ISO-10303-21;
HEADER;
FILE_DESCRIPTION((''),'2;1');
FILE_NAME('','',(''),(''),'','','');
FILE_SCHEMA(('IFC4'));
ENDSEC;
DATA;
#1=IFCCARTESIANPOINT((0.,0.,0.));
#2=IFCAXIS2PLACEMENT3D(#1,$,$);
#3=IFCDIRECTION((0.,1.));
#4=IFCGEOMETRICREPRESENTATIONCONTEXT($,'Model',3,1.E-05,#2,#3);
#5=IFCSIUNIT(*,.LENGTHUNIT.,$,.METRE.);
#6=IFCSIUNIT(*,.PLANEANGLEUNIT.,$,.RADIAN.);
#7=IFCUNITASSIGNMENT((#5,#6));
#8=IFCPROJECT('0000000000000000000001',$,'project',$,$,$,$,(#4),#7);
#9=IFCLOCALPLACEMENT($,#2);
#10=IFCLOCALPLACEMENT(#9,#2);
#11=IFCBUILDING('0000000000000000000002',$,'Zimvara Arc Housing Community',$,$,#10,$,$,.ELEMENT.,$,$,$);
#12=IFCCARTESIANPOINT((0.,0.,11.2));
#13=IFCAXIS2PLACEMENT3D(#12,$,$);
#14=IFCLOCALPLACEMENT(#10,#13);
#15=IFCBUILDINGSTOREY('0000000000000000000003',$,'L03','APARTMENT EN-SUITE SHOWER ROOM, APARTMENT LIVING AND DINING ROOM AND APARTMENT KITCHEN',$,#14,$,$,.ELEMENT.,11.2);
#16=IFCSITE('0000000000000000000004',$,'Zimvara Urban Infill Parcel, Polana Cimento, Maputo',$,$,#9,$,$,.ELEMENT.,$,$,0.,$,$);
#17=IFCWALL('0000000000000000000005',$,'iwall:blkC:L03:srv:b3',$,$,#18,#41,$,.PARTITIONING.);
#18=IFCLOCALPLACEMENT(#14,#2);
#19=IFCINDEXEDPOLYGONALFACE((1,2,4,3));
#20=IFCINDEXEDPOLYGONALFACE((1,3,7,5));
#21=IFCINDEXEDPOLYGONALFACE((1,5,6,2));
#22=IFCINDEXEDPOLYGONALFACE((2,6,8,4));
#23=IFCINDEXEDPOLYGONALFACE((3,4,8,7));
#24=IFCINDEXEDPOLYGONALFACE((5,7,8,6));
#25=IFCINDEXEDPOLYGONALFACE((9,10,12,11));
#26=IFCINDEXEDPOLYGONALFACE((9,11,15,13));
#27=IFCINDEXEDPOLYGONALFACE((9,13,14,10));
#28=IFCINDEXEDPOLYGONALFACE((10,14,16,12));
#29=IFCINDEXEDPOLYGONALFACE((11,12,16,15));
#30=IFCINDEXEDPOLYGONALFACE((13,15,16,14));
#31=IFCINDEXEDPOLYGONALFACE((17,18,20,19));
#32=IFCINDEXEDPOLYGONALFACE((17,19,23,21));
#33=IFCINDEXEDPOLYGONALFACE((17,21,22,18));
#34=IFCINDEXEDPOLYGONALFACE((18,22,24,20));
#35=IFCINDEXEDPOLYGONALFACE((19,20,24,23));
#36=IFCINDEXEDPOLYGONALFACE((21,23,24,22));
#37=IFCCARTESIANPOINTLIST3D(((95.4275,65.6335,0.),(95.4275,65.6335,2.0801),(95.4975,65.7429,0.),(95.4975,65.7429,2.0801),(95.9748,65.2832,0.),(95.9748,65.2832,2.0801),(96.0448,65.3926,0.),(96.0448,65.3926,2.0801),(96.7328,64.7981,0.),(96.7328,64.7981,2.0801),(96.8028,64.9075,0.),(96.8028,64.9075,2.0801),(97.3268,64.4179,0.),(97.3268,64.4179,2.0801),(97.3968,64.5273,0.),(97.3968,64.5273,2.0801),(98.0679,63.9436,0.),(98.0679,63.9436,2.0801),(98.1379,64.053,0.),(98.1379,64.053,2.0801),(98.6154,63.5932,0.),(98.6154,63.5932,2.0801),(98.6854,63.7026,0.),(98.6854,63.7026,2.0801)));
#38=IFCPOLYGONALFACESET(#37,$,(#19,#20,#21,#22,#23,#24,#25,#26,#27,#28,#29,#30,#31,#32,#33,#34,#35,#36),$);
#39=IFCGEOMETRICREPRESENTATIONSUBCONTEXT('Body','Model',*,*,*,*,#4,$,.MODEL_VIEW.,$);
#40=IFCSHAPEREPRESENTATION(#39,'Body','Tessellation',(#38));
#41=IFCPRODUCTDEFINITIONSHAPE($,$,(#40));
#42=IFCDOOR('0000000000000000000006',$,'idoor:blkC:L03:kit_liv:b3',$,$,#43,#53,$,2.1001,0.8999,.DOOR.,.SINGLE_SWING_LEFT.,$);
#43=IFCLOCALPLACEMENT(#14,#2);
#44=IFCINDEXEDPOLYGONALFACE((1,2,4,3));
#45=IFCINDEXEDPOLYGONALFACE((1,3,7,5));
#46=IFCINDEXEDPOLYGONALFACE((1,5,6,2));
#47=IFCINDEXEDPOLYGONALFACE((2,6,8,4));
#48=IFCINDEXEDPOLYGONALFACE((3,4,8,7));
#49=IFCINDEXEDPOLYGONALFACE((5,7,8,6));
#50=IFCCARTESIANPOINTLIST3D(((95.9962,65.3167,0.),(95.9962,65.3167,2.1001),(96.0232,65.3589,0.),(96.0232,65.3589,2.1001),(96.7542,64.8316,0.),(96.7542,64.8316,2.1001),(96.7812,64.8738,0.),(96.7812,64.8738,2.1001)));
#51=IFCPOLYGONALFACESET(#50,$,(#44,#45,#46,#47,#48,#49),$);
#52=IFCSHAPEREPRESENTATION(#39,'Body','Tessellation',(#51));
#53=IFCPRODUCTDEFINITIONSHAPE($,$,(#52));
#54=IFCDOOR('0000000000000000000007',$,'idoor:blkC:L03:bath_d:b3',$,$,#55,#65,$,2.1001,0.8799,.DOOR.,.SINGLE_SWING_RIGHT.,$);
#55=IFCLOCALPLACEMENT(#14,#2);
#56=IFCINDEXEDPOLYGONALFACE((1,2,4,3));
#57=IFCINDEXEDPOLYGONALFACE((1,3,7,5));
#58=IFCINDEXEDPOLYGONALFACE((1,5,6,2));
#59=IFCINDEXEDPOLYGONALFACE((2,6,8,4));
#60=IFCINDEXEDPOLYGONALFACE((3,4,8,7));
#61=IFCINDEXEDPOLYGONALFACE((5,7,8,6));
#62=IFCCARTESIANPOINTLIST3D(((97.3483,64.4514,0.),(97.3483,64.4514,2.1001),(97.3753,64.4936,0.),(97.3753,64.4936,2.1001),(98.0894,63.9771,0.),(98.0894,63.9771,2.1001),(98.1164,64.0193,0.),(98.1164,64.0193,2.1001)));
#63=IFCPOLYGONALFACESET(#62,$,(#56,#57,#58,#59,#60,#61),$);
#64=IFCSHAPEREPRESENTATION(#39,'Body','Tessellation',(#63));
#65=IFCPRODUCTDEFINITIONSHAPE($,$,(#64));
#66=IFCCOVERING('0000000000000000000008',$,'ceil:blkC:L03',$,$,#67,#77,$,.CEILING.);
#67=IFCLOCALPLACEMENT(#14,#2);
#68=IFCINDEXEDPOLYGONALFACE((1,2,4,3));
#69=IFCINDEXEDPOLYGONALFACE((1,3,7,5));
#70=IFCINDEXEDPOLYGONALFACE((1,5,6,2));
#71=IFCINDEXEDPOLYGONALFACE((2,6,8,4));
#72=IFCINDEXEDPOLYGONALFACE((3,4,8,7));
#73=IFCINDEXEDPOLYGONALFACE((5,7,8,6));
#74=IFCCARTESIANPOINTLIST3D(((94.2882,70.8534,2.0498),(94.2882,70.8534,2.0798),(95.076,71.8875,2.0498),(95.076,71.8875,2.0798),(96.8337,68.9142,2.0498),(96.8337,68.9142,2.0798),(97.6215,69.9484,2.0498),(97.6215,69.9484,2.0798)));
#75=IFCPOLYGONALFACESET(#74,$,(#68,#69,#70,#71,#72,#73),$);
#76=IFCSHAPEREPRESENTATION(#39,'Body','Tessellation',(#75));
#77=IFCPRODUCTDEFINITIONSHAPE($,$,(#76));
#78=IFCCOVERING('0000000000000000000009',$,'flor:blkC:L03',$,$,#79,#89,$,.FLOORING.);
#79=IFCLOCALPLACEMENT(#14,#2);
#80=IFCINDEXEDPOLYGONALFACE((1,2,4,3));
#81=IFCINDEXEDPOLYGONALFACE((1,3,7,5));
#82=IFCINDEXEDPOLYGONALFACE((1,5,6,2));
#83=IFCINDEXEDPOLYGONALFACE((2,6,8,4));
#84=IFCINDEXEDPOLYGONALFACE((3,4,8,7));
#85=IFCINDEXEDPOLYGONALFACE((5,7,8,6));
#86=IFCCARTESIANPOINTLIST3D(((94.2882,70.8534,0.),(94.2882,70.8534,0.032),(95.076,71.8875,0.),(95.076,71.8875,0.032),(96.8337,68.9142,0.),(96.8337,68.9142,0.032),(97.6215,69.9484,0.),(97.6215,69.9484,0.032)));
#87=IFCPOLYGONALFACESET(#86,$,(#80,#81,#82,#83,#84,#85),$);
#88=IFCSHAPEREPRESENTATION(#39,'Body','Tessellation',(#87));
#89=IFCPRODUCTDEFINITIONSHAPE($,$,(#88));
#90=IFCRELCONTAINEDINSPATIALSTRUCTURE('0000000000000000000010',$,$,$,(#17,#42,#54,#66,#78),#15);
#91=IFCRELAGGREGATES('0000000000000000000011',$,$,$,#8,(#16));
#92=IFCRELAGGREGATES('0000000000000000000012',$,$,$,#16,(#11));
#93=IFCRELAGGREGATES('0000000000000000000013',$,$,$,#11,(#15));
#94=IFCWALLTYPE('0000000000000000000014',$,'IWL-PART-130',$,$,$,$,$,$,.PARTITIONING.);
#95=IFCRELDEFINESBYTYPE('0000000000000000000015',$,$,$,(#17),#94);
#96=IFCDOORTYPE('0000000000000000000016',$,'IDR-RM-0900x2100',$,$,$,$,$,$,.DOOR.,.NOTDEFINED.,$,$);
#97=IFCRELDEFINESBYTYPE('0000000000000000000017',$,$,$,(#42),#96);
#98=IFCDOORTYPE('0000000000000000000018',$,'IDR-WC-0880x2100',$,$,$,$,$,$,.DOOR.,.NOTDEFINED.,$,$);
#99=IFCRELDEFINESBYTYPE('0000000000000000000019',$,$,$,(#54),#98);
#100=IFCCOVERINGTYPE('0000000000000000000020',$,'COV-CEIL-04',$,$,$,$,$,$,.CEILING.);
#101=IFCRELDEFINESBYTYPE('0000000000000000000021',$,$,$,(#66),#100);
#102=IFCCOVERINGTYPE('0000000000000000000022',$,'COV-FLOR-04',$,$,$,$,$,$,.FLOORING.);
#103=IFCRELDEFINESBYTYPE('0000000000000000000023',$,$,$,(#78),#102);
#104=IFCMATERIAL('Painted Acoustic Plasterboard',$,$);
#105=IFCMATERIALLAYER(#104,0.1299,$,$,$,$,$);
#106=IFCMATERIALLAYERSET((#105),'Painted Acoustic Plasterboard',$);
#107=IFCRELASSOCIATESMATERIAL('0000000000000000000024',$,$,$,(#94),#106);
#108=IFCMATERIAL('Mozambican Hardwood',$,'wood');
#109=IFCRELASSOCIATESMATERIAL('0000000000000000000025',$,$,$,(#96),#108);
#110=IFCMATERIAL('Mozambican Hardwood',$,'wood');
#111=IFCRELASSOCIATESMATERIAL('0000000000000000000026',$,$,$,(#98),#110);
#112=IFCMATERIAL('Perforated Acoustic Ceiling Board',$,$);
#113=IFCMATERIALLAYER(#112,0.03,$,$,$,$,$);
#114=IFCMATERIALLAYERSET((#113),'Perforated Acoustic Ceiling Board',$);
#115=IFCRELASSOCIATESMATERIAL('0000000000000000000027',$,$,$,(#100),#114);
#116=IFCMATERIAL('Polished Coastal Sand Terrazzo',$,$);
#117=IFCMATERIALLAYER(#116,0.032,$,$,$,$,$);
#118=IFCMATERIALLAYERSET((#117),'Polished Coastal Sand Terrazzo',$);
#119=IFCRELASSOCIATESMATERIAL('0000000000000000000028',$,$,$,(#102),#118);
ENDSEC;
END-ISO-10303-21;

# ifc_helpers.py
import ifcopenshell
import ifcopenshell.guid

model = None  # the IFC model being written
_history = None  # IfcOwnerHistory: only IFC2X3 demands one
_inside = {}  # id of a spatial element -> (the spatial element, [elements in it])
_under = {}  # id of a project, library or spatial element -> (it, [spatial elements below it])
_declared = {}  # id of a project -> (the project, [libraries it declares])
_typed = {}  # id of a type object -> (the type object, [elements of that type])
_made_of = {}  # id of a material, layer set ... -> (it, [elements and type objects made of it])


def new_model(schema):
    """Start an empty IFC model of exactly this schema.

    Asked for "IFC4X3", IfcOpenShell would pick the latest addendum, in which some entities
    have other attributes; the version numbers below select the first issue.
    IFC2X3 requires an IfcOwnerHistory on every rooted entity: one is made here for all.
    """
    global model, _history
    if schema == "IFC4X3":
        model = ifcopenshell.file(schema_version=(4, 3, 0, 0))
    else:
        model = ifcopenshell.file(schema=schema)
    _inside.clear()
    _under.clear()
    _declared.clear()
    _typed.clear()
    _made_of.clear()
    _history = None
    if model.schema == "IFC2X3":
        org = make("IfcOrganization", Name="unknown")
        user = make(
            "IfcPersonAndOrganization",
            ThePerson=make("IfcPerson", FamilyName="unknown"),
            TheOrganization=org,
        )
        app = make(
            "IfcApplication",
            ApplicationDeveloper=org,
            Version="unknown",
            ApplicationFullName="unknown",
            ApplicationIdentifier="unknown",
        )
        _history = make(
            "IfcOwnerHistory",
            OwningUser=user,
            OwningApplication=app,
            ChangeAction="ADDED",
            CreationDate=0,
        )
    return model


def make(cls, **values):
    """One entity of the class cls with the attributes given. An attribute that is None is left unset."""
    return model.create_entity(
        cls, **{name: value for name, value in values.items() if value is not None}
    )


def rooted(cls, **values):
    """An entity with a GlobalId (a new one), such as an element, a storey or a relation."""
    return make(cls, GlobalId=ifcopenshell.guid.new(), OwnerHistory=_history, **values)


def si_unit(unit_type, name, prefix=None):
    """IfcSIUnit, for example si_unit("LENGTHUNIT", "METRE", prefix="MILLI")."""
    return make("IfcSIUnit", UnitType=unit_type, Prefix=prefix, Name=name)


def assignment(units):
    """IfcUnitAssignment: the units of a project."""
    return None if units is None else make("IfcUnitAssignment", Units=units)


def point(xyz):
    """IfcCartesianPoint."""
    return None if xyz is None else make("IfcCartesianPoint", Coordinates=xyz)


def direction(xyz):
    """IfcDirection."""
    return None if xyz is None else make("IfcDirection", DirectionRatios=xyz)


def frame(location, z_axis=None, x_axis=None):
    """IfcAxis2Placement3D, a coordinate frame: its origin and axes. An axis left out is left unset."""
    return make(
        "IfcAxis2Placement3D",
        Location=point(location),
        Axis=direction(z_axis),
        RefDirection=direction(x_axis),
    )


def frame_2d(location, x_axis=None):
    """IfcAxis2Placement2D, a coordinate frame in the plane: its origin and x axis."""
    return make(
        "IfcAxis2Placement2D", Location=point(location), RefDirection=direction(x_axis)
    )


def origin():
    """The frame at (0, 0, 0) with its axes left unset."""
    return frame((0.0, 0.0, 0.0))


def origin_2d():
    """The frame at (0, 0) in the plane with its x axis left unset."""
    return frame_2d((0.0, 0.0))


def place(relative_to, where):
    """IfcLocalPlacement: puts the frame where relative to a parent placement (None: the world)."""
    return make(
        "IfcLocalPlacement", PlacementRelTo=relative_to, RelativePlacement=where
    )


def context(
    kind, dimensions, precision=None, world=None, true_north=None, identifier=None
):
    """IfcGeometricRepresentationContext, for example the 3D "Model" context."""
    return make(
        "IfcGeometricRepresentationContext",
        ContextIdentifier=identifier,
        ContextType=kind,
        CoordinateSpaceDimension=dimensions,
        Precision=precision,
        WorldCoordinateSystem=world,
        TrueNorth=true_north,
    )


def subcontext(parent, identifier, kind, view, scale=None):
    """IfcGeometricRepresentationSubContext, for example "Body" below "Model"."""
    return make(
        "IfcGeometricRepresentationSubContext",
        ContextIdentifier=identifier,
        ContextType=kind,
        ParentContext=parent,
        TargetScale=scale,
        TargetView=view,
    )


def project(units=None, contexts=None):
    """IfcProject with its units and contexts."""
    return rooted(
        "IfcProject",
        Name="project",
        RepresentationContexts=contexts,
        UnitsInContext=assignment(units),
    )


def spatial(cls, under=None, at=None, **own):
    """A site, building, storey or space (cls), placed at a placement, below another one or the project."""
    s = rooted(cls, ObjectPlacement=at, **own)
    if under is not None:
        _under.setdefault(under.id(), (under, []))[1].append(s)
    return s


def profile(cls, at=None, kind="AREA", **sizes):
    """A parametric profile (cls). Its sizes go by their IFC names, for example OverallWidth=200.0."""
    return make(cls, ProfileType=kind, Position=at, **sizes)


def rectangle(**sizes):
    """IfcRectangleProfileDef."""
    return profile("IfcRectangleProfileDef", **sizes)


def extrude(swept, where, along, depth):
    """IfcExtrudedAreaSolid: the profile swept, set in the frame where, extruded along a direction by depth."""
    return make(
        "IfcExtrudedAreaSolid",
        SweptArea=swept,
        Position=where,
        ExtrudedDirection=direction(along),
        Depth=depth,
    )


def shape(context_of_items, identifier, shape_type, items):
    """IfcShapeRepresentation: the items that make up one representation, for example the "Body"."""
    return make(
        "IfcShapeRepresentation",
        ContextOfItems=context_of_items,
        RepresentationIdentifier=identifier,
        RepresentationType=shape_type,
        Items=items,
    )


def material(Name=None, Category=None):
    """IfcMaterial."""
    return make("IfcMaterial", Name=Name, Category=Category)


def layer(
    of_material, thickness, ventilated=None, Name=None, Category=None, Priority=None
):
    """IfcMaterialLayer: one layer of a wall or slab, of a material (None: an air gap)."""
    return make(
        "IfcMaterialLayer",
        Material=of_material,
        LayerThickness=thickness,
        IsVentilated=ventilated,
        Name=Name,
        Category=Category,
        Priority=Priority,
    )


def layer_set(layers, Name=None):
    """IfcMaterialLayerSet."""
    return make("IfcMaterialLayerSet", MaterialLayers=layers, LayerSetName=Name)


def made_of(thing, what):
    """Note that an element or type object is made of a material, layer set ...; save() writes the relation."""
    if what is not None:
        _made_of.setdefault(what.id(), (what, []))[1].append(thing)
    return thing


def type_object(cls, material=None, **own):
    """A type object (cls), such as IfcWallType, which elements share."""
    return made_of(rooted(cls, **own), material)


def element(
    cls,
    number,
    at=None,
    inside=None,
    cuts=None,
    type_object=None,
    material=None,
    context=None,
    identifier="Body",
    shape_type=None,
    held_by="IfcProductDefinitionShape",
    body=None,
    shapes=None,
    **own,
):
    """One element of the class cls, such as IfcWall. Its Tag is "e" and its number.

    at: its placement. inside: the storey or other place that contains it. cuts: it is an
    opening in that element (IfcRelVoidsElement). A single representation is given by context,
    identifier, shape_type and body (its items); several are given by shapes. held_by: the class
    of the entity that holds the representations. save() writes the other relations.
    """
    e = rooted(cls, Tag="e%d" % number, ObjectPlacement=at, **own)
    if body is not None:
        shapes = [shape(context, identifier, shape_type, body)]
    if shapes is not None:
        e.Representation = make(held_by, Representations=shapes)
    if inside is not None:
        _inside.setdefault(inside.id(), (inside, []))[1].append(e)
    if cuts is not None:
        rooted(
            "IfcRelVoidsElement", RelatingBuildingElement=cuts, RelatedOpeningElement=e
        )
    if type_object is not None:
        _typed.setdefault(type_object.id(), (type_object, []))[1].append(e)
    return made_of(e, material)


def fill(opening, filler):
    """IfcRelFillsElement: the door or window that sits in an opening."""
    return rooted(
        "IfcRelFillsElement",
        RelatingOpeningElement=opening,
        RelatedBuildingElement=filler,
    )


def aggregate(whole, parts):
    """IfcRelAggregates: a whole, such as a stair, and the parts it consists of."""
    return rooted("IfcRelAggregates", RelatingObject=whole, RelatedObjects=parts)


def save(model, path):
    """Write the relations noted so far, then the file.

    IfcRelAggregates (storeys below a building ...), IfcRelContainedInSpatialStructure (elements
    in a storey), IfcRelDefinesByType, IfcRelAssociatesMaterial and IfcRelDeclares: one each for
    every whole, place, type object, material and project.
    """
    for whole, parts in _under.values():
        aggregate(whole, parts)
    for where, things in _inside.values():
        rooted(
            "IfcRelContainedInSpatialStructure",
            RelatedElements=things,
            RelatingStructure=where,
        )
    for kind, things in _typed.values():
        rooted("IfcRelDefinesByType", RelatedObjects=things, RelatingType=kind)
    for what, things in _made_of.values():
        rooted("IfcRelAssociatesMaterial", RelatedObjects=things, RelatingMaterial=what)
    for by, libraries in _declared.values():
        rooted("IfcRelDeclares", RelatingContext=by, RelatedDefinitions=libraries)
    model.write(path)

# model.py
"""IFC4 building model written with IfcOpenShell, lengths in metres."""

from ifc_helpers import new_model, si_unit, direction, frame, frame_2d, origin, origin_2d, place, context, subcontext, project, spatial, rectangle, extrude, material, layer, layer_set, type_object, element, fill, save


model = new_model("IFC4")

# Units and contexts
model_context = context("Model", 3, precision=1e-05, world=origin(), true_north=direction((0.0, 1.0)))
body_context = subcontext(model_context, "Body", "Model", "MODEL_VIEW")
ifc_project = project(units=[si_unit("LENGTHUNIT", "METRE"), si_unit("PLANEANGLEUNIT", "RADIAN")], contexts=[model_context])

# Site, building, storey
site_placement = place(None, origin())
site = spatial("IfcSite", under=ifc_project, at=site_placement, Name="Zimvara Urban Infill Parcel, Polana Cimento, Maputo", CompositionType="ELEMENT", RefElevation=0.0)
building_placement = place(site_placement, origin())
building = spatial("IfcBuilding", under=site, at=building_placement, Name="Zimvara Arc Housing Community", CompositionType="ELEMENT")
storey_placement = place(building_placement, frame((0.0, 0.0, 11.2)))
storey = spatial("IfcBuildingStorey", under=building, at=storey_placement, Name="L03", Description="APARTMENT EN-SUITE SHOWER ROOM, APARTMENT LIVING AND DINING ROOM AND APARTMENT KITCHEN", CompositionType="ELEMENT", Elevation=11.2)

# Wall, openings, doors
ifc_material_1 = material(Name="Painted Acoustic Plasterboard")
ifc_layer_1 = layer(ifc_material_1, 0.1299)
ifc_layer_set_1 = layer_set([ifc_layer_1], Name="Painted Acoustic Plasterboard")
wall_type_1 = type_object("IfcWallType", Name="IWL-PART-130", PredefinedType="PARTITIONING", material=ifc_layer_set_1)
wall_1_placement = place(storey_placement, frame((95.4624, 65.6882, 0.0), z_axis=(0.0, 0.0, 1.0), x_axis=(0.842275, -0.539048, 0.0)))
wall_1 = element("IfcWall", 1, at=wall_1_placement, inside=storey, type_object=wall_type_1, Name="iwall:blkC:L03:srv:b3", PredefinedType="PARTITIONING", context=body_context, shape_type="SweptSolid", body=[
    extrude(rectangle(XDim=3.7849, YDim=0.1299, at=frame_2d((1.8926, 0.0))), origin(), (0.0, 0.0, 1.0), 2.0801),
])
opening_1_placement = place(wall_1_placement, frame((0.6499, 0.0, 0.0)))
opening_1 = element("IfcOpeningElement", 2, at=opening_1_placement, cuts=wall_1, PredefinedType="OPENING", context=body_context, shape_type="SweptSolid", body=[
    extrude(rectangle(XDim=0.8999, YDim=2.1001, at=frame_2d((0.45, 1.05))), frame((0.0, 0.075, 0.0), z_axis=(0.0, -1.0, 0.0), x_axis=(1.0, 0.0, 0.0)), (0.0, 0.0, 1.0), 0.1499),
])
opening_2_placement = place(wall_1_placement, frame((2.2551, 0.0, 0.0)))
opening_2 = element("IfcOpeningElement", 3, at=opening_2_placement, cuts=wall_1, PredefinedType="OPENING", context=body_context, shape_type="SweptSolid", body=[
    extrude(rectangle(XDim=0.8799, YDim=2.1001, at=frame_2d((0.4399, 1.05))), frame((0.0, 0.075, 0.0), z_axis=(0.0, -1.0, 0.0), x_axis=(1.0, 0.0, 0.0)), (0.0, 0.0, 1.0), 0.1499),
])
ifc_material_2 = material(Name="Mozambican Hardwood", Category="wood")
door_type_1 = type_object("IfcDoorType", Name="IDR-RM-0900x2100", OperationType="NOTDEFINED", PredefinedType="DOOR", material=ifc_material_2)
door_1_placement = place(opening_1_placement, origin())
door_1 = element("IfcDoor", 4, at=door_1_placement, inside=storey, type_object=door_type_1, Name="idoor:blkC:L03:kit_liv:b3", OperationType="SINGLE_SWING_LEFT", OverallHeight=2.1001, OverallWidth=0.8999, PredefinedType="DOOR", context=body_context, shape_type="SweptSolid", body=[
    extrude(rectangle(XDim=0.8999, YDim=2.1001, at=frame_2d((0.45, 1.05))), frame((0.0, 0.0249, 0.0), z_axis=(0.0, -1.0, 0.0), x_axis=(1.0, 0.0, 0.0)), (0.0, 0.0, 1.0), 0.05),
])
fill(opening_1, door_1)
ifc_material_3 = material(Name="Mozambican Hardwood", Category="wood")
door_type_2 = type_object("IfcDoorType", Name="IDR-WC-0880x2100", OperationType="NOTDEFINED", PredefinedType="DOOR", material=ifc_material_3)
door_2_placement = place(opening_2_placement, origin())
door_2 = element("IfcDoor", 5, at=door_2_placement, inside=storey, type_object=door_type_2, Name="idoor:blkC:L03:bath_d:b3", OperationType="SINGLE_SWING_RIGHT", OverallHeight=2.1001, OverallWidth=0.8799, PredefinedType="DOOR", context=body_context, shape_type="SweptSolid", body=[
    extrude(rectangle(XDim=0.8799, YDim=2.1001, at=frame_2d((0.4399, 1.05))), frame((0.0, 0.0249, 0.0), z_axis=(0.0, -1.0, 0.0), x_axis=(1.0, 0.0, 0.0)), (0.0, 0.0, 1.0), 0.05),
])
fill(opening_2, door_2)

# Coverings
ifc_material_4 = material(Name="Perforated Acoustic Ceiling Board")
ifc_layer_2 = layer(ifc_material_4, 0.03)
ifc_layer_set_2 = layer_set([ifc_layer_2], Name="Perforated Acoustic Ceiling Board")
covering_type_1 = type_object("IfcCoveringType", Name="COV-CEIL-04", PredefinedType="CEILING", material=ifc_layer_set_2)
covering_1_placement = place(storey_placement, frame((95.9548, 70.4009, 2.0498), z_axis=(0.0, 0.0, 1.0), x_axis=(-0.605988, -0.795473, 0.0)))
element("IfcCovering", 6, at=covering_1_placement, inside=storey, type_object=covering_type_1, Name="ceil:blkC:L03", PredefinedType="CEILING", context=body_context, shape_type="SweptSolid", body=[
    extrude(rectangle(XDim=1.3, YDim=3.2, at=origin_2d()), origin(), (0.0, 0.0, 1.0), 0.03),
])
ifc_material_5 = material(Name="Polished Coastal Sand Terrazzo")
ifc_layer_3 = layer(ifc_material_5, 0.032)
ifc_layer_set_3 = layer_set([ifc_layer_3], Name="Polished Coastal Sand Terrazzo")
covering_type_2 = type_object("IfcCoveringType", Name="COV-FLOR-04", PredefinedType="FLOORING", material=ifc_layer_set_3)
covering_2_placement = place(storey_placement, frame((95.9548, 70.4009, 0.0), z_axis=(0.0, 0.0, 1.0), x_axis=(-0.605988, -0.795473, 0.0)))
element("IfcCovering", 7, at=covering_2_placement, inside=storey, type_object=covering_type_2, Name="flor:blkC:L03", PredefinedType="FLOORING", context=body_context, shape_type="SweptSolid", body=[
    extrude(rectangle(XDim=1.3, YDim=3.2, at=origin_2d()), origin(), (0.0, 0.0, 1.0), 0.032),
])

save(model, "model.ifc")
